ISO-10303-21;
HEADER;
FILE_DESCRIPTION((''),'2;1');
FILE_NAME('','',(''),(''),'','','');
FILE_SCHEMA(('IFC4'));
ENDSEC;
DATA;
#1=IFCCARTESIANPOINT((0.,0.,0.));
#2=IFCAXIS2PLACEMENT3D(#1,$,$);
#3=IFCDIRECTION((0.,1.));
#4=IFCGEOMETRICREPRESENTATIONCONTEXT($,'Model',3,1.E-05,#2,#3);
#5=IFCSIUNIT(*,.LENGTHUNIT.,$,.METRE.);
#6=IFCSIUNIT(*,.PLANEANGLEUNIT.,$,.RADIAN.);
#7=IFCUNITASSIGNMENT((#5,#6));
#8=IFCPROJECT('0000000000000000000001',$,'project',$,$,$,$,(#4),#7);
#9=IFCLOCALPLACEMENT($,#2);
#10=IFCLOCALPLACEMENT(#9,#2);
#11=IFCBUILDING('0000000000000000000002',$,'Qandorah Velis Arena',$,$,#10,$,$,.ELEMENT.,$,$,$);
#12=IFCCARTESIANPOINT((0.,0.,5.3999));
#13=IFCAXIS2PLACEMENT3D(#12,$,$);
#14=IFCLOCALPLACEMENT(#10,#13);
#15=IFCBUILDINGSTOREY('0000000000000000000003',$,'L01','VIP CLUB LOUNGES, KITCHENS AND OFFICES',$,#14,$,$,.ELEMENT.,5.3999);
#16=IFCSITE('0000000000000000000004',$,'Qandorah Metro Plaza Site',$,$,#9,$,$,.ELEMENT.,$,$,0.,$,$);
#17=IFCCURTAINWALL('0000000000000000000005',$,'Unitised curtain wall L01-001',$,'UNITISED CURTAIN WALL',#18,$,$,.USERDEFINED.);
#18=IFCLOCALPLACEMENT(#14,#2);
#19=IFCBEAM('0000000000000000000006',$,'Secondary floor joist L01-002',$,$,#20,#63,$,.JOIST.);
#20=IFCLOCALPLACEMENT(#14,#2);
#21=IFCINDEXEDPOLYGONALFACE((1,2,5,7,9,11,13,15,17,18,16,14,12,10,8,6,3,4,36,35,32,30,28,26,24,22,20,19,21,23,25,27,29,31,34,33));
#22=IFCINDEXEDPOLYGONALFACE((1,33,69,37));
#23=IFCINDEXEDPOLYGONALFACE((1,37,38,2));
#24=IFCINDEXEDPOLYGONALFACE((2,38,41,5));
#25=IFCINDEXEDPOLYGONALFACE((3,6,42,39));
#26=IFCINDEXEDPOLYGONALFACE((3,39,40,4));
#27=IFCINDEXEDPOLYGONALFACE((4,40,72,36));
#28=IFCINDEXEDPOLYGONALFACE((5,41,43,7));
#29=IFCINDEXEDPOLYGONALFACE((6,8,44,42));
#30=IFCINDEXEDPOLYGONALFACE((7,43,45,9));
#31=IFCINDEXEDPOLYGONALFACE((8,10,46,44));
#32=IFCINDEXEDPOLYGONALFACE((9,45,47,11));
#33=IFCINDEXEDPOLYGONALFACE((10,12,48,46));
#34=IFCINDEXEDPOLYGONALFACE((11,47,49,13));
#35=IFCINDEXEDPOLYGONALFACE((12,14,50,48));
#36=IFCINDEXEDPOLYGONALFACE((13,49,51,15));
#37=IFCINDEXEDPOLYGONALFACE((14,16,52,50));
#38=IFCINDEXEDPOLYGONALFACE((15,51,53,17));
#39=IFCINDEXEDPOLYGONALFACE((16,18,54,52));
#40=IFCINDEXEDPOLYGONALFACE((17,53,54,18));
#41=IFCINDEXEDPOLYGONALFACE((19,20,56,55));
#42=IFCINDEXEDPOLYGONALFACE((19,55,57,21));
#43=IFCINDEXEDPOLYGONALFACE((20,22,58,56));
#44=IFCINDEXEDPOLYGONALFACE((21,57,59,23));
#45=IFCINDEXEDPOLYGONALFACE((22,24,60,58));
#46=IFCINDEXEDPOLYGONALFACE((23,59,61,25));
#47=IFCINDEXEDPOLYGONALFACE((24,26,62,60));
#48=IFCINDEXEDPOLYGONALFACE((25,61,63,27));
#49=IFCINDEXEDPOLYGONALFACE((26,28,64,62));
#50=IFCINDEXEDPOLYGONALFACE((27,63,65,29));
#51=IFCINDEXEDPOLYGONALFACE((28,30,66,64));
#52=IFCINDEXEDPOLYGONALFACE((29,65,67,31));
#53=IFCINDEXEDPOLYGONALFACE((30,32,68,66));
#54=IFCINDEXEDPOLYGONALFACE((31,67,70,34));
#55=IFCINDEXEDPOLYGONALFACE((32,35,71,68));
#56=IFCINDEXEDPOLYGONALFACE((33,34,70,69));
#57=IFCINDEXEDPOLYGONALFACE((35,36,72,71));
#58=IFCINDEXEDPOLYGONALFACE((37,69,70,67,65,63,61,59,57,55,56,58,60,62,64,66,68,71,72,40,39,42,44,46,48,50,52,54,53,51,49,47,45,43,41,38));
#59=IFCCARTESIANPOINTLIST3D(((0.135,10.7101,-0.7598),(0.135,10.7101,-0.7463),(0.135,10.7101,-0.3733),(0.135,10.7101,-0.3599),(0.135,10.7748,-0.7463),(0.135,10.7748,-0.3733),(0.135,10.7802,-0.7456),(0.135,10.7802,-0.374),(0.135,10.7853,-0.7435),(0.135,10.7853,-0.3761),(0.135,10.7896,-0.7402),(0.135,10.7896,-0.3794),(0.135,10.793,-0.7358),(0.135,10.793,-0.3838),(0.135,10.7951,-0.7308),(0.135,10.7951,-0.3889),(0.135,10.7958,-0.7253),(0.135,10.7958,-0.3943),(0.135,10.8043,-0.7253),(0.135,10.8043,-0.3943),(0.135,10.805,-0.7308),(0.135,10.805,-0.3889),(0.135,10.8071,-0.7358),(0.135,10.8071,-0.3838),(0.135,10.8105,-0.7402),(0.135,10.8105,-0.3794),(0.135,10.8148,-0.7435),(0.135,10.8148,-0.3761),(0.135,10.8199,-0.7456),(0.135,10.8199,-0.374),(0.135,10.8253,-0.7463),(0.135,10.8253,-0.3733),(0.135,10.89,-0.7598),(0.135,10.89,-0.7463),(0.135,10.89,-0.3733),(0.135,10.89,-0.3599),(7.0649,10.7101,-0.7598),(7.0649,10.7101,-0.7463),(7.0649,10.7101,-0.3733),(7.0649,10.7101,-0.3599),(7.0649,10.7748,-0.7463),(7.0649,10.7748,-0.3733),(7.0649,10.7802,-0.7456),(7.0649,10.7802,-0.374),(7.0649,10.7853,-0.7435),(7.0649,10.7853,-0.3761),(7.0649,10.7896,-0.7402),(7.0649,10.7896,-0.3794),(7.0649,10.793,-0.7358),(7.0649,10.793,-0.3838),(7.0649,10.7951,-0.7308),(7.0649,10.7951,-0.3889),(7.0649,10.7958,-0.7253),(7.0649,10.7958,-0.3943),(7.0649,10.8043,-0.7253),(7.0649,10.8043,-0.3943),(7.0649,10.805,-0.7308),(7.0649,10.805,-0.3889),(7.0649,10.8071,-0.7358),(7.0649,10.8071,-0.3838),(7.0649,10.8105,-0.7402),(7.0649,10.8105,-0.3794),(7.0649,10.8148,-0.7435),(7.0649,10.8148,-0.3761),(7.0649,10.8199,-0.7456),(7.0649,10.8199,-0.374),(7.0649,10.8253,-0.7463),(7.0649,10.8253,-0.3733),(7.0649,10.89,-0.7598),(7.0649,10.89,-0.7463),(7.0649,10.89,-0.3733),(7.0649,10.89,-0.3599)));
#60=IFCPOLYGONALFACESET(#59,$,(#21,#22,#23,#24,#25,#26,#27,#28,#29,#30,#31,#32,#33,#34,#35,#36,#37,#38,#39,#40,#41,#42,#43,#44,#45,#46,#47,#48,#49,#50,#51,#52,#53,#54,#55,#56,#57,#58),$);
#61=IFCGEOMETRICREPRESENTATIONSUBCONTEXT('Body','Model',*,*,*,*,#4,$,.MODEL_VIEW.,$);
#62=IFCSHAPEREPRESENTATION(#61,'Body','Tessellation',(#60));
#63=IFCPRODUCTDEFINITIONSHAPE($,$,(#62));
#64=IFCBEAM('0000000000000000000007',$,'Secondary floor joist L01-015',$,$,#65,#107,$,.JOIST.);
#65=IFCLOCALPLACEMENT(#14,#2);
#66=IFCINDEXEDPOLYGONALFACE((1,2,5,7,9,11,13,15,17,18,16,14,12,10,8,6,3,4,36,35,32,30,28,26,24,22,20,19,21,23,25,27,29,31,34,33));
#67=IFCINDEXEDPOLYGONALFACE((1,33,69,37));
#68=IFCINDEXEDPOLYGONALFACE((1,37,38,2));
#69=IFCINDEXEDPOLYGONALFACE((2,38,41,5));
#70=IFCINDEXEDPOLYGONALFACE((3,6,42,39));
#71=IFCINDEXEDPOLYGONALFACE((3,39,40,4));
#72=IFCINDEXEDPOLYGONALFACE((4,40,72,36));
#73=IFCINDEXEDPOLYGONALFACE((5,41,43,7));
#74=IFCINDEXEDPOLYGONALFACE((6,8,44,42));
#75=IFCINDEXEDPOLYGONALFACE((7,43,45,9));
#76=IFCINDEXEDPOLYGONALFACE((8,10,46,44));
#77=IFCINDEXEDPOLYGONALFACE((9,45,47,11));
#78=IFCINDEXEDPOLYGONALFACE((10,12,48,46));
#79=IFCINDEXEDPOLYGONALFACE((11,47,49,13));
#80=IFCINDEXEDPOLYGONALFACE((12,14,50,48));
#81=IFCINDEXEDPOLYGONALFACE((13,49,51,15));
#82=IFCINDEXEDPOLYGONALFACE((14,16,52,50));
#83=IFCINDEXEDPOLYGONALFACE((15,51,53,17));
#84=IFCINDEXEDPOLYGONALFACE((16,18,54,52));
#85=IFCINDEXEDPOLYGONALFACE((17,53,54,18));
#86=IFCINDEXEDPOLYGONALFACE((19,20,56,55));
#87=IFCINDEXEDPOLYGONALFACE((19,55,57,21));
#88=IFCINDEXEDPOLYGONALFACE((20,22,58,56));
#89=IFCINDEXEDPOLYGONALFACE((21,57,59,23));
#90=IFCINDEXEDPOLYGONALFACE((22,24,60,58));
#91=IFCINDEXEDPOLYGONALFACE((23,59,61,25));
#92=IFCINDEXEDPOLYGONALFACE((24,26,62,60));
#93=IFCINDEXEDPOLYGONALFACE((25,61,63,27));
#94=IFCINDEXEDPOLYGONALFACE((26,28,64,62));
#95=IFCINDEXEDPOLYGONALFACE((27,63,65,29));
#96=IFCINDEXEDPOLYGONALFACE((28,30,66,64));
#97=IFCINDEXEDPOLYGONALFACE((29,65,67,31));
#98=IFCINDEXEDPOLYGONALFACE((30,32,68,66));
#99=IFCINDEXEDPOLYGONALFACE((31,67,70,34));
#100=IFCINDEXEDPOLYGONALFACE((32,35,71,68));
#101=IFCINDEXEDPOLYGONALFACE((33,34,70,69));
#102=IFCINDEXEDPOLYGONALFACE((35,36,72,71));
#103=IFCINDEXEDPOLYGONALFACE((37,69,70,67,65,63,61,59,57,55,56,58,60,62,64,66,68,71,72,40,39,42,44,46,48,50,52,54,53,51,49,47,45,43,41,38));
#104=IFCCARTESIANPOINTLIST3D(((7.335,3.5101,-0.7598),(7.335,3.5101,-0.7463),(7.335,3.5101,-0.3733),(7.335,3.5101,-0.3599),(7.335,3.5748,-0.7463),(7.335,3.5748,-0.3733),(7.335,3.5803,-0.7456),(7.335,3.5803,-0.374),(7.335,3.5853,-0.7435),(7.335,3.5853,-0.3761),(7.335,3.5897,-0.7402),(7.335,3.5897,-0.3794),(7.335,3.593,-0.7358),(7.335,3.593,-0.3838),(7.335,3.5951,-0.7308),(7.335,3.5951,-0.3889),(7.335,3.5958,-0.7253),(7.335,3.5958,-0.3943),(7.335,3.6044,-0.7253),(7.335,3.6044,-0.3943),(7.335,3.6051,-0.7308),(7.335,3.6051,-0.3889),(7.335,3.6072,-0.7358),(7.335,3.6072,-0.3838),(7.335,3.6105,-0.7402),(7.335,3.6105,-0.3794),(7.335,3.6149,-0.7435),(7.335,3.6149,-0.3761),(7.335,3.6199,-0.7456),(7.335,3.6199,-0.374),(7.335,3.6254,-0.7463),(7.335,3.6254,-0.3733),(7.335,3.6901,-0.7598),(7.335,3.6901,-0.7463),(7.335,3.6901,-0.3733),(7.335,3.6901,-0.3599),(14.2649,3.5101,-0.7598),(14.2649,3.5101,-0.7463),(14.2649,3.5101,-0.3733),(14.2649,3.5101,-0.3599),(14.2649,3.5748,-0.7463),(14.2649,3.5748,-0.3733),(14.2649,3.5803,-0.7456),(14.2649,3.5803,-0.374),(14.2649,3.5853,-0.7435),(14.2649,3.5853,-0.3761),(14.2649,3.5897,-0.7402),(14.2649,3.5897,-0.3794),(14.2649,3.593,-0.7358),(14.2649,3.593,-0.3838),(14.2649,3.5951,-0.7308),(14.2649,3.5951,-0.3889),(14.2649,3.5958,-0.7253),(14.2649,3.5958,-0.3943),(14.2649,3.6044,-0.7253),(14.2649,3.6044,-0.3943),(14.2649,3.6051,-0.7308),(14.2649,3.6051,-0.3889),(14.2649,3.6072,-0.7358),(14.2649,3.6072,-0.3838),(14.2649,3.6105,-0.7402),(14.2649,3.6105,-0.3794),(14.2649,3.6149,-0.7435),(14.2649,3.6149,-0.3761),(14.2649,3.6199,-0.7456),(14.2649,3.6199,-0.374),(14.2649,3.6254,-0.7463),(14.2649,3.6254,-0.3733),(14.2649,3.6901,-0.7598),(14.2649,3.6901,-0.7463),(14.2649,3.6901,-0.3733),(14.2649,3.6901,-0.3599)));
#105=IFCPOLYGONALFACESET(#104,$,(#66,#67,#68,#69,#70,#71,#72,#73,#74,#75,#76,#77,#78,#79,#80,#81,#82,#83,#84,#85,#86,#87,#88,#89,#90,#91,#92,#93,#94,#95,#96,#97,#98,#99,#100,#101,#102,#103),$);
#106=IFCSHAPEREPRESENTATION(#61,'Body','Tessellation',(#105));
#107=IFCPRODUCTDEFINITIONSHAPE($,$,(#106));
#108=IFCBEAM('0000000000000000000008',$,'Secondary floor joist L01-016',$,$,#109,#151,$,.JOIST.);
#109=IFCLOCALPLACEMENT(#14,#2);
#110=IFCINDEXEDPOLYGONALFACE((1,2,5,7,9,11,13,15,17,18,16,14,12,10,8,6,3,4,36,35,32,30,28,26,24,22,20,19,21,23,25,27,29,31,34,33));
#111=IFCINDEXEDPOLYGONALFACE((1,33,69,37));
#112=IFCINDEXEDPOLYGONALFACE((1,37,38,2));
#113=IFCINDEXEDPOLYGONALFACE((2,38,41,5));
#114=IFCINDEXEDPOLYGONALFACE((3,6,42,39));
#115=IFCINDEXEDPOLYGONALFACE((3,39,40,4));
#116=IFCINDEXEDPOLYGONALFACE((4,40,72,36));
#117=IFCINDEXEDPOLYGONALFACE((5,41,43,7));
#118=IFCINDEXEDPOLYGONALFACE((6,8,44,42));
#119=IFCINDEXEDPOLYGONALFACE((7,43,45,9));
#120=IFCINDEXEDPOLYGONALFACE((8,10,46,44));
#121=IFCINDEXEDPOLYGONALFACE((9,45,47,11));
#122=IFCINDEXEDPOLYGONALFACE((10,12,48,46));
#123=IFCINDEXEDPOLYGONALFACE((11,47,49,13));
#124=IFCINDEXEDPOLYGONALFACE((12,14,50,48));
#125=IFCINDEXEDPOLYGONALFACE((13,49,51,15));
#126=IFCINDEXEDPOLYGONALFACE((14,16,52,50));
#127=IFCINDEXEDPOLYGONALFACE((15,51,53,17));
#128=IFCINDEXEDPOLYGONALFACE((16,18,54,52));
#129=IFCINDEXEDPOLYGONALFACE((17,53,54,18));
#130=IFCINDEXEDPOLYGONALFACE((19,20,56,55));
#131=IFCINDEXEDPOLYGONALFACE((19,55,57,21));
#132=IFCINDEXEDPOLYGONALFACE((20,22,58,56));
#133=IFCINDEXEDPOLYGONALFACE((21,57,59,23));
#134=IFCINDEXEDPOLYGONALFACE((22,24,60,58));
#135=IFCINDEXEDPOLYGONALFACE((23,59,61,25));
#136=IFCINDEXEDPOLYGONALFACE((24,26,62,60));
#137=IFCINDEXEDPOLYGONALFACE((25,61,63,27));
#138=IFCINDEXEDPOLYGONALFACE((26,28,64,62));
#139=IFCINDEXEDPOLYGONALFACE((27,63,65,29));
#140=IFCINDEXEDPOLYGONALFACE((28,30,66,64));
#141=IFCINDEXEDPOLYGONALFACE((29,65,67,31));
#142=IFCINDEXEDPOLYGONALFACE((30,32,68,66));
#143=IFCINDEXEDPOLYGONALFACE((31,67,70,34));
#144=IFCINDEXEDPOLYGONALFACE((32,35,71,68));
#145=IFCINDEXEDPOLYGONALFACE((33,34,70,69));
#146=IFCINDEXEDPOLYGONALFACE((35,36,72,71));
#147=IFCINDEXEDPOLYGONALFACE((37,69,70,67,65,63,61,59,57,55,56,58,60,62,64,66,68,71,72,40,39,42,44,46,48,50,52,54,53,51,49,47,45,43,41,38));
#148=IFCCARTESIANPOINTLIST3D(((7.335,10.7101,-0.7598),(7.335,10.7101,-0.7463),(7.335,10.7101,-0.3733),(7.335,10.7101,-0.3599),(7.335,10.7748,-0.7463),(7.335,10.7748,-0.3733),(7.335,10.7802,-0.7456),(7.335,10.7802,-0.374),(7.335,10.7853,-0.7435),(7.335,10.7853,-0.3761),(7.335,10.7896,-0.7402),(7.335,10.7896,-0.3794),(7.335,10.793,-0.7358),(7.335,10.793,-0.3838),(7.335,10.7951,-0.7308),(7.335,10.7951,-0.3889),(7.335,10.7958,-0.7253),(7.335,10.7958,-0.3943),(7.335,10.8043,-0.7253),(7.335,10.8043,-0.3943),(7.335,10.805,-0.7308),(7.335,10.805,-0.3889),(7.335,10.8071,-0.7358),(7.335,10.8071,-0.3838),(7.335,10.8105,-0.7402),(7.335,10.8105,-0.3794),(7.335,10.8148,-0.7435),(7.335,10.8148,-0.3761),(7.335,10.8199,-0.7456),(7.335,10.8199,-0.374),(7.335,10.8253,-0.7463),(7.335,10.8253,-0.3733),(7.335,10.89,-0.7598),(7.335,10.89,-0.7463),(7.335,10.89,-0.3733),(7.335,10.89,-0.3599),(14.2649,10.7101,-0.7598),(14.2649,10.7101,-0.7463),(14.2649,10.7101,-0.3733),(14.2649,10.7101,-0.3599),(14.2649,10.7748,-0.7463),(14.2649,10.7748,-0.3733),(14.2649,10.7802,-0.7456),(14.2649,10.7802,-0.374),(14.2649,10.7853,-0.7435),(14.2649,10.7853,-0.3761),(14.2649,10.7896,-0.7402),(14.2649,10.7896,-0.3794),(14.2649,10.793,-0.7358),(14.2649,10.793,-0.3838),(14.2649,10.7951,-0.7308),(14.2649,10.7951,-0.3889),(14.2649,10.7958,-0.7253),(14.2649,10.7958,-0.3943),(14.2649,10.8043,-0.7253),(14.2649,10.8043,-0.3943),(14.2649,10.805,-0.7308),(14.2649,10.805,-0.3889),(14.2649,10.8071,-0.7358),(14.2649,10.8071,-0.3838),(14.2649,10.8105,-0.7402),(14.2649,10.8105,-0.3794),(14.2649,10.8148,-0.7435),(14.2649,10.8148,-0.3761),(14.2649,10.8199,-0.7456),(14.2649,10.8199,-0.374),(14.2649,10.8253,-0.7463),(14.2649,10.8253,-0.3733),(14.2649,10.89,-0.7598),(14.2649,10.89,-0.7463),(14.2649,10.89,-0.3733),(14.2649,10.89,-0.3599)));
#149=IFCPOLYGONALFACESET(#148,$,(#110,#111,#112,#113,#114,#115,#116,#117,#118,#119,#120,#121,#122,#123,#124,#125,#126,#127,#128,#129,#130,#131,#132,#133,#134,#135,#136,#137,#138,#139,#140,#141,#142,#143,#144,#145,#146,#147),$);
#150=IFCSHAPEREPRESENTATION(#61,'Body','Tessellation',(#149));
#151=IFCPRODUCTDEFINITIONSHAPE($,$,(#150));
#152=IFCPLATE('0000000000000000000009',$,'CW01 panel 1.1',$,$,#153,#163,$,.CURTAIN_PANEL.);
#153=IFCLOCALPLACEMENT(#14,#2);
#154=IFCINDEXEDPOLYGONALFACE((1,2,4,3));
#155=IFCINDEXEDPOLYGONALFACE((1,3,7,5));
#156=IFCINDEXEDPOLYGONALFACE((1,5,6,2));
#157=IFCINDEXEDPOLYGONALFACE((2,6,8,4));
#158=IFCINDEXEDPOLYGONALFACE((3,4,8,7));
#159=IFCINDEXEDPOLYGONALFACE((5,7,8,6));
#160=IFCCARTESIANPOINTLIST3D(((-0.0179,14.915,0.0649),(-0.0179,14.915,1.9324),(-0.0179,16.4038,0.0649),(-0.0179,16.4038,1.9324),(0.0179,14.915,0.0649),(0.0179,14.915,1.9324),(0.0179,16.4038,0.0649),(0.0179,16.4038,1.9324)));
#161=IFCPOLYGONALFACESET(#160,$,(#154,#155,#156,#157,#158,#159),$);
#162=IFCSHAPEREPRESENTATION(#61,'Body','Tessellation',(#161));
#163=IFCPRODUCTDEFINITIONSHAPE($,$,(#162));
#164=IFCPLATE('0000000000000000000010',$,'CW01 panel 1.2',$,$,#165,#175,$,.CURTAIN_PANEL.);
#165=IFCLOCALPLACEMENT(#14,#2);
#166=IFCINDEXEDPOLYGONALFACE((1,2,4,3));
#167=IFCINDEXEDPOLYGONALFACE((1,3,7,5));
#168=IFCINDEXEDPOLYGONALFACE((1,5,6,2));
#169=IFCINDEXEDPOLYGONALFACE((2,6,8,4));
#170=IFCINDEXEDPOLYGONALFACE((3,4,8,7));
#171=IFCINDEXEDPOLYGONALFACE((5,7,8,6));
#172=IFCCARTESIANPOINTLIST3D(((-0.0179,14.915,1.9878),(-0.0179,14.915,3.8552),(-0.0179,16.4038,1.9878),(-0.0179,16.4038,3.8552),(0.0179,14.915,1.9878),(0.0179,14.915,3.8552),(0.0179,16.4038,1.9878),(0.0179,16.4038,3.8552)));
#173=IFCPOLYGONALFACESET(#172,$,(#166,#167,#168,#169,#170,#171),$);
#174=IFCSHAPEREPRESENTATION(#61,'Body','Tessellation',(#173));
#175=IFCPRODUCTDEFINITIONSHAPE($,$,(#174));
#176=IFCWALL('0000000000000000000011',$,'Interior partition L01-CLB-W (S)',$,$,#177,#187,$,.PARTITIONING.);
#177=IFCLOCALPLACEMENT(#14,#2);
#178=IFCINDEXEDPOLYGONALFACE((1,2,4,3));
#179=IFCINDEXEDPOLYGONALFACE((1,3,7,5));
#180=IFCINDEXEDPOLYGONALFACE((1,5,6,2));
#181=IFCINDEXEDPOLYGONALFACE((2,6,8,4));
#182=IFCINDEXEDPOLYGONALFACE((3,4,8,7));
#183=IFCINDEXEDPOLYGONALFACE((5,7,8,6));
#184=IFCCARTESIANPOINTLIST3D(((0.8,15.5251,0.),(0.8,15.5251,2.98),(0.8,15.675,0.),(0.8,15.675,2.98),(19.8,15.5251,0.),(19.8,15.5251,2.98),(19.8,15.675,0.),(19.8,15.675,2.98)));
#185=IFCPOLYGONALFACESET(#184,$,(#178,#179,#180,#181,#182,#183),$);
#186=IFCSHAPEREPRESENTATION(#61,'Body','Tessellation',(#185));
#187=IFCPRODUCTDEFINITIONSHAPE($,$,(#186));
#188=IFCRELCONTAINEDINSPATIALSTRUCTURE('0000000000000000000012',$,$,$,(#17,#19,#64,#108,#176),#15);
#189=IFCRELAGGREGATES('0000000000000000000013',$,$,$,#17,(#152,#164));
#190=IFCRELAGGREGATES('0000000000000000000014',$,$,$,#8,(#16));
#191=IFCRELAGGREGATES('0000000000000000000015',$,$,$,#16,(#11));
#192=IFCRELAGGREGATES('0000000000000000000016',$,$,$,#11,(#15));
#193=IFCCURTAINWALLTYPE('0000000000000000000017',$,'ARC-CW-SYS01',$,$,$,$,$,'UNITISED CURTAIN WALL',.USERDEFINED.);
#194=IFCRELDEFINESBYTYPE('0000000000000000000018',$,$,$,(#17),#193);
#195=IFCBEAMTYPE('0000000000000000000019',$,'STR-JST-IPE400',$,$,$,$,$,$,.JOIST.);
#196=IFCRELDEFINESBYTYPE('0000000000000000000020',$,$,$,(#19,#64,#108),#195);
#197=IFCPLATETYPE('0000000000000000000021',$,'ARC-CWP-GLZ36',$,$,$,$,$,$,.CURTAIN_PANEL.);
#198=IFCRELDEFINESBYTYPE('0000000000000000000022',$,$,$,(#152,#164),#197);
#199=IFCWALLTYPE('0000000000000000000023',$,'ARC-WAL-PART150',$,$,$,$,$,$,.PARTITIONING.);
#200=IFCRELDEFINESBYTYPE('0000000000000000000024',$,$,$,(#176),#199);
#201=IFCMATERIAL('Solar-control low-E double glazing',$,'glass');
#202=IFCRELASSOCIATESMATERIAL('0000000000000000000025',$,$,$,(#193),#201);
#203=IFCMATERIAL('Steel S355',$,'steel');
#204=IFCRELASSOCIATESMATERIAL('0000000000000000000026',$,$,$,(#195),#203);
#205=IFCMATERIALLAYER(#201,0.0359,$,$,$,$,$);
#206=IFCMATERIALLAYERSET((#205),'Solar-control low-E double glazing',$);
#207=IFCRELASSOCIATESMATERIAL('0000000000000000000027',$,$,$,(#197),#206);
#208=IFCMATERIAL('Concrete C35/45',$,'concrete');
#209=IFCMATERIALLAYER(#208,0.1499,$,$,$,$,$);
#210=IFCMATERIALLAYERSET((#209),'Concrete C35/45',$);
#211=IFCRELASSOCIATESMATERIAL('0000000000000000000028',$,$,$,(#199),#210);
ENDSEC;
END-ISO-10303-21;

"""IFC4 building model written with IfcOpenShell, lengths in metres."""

from ifc_helpers import new_model, si_unit, direction, frame, frame_2d, origin, origin_2d, place, context, subcontext, project, spatial, rectangle, i_section, extrude, material, layer, layer_set, material_profile, profile_set, type_object, element, aggregate, save


model = new_model("IFC4")

# Units and contexts
model_context = context("Model", 3, precision=1e-05, world=origin(), true_north=direction((0.0, 1.0)))
body_context = subcontext(model_context, "Body", "Model", "MODEL_VIEW")
ifc_project = project(units=[si_unit("LENGTHUNIT", "METRE"), si_unit("PLANEANGLEUNIT", "RADIAN")], contexts=[model_context])

# Site, building, storey
site_placement = place(None, origin())
site = spatial("IfcSite", under=ifc_project, at=site_placement, Name="Qandorah Metro Plaza Site", CompositionType="ELEMENT", RefElevation=0.0)
building_placement = place(site_placement, origin())
building = spatial("IfcBuilding", under=site, at=building_placement, Name="Qandorah Velis Arena", CompositionType="ELEMENT")
storey_placement = place(building_placement, frame((0.0, 0.0, 5.3999)))
storey = spatial("IfcBuildingStorey", under=building, at=storey_placement, Name="L01", Description="VIP CLUB LOUNGES, KITCHENS AND OFFICES", CompositionType="ELEMENT", Elevation=5.3999)

# Curtain wall
ifc_material_1 = material(Name="Solar-control low-E double glazing", Category="glass")
curtain_wall_type = type_object("IfcCurtainWallType", Name="ARC-CW-SYS01", ElementType="UNITISED CURTAIN WALL", PredefinedType="USERDEFINED", material=ifc_material_1)
curtain_wall_placement = place(storey_placement, origin())
curtain_wall = element("IfcCurtainWall", 1, at=curtain_wall_placement, inside=storey, type_object=curtain_wall_type, Name="Unitised curtain wall L01-001", ObjectType="UNITISED CURTAIN WALL", PredefinedType="USERDEFINED")

# Beams
ifc_material_2 = material(Name="Steel S355", Category="steel")
ifc_material_profile_1 = material_profile(ifc_material_2, i_section(OverallWidth=0.1799, OverallDepth=0.3999, WebThickness=0.0085, FlangeThickness=0.0134, FilletRadius=0.021, at=origin_2d()), Name="IPE 400")
ifc_profile_set_1 = profile_set([ifc_material_profile_1], Name="Steel S355")
beam_type_1 = type_object("IfcBeamType", Name="STR-JST-IPE400", PredefinedType="JOIST", material=ifc_profile_set_1)
for number, where, z_axis, x_axis, name in (
    (2, (0.135, 10.8, -0.5598), (1.0, 0.0, 0.0), (0.0, 1.0, 0.0), "Secondary floor joist L01-002"),
    (3, (7.335, 3.6001, -0.5598), (1.0, 0.0, 0.0), (0.0, 1.0, 0.0), "Secondary floor joist L01-015"),
    (4, (7.335, 10.8, -0.5598), (1.0, 0.0, 0.0), (0.0, 1.0, 0.0), "Secondary floor joist L01-016"),
):
    element("IfcBeam", number, at=place(storey_placement, frame(where, z_axis=z_axis, x_axis=x_axis)), inside=storey, type_object=beam_type_1, Name=name, PredefinedType="JOIST", context=body_context, shape_type="SweptSolid", body=[
        extrude(i_section(OverallWidth=0.1799, OverallDepth=0.3999, WebThickness=0.0085, FlangeThickness=0.0134, FilletRadius=0.021, at=origin_2d()), origin(), (0.0, 0.0, 1.0), 6.9299),
    ])

# Plates
ifc_layer_1 = layer(ifc_material_1, 0.0359)
ifc_layer_set_1 = layer_set([ifc_layer_1], Name="Solar-control low-E double glazing")
plate_type = type_object("IfcPlateType", Name="ARC-CWP-GLZ36", PredefinedType="CURTAIN_PANEL", material=ifc_layer_set_1)
plate_1_placement = place(storey_placement, frame((0.0, 15.6594, 0.0649), z_axis=(0.0, 0.0, 1.0), x_axis=(0.0, 1.0, 0.0)))
plate_1 = element("IfcPlate", 5, at=plate_1_placement, type_object=plate_type, Name="CW01 panel 1.1", PredefinedType="CURTAIN_PANEL", context=body_context, shape_type="SweptSolid", body=[
    extrude(rectangle(XDim=1.4888, YDim=0.0359, at=origin_2d()), origin(), (0.0, 0.0, 1.0), 1.8674),
])
plate_2_placement = place(storey_placement, frame((0.0, 15.6594, 1.9878), z_axis=(0.0, 0.0, 1.0), x_axis=(0.0, 1.0, 0.0)))
plate_2 = element("IfcPlate", 6, at=plate_2_placement, type_object=plate_type, Name="CW01 panel 1.2", PredefinedType="CURTAIN_PANEL", context=body_context, shape_type="SweptSolid", body=[
    extrude(rectangle(XDim=1.4888, YDim=0.0359, at=origin_2d()), origin(), (0.0, 0.0, 1.0), 1.8674),
])
aggregate(curtain_wall, [plate_1, plate_2])

# Wall
ifc_material_3 = material(Name="Concrete C35/45", Category="concrete")
ifc_layer_2 = layer(ifc_material_3, 0.1499)
ifc_layer_set_2 = layer_set([ifc_layer_2], Name="Concrete C35/45")
wall_type = type_object("IfcWallType", Name="ARC-WAL-PART150", PredefinedType="PARTITIONING", material=ifc_layer_set_2)
wall_placement = place(storey_placement, frame((0.8, 15.6001, 0.0), z_axis=(0.0, 0.0, 1.0), x_axis=(1.0, 0.0, 0.0)))
element("IfcWall", 7, at=wall_placement, inside=storey, type_object=wall_type, Name="Interior partition L01-CLB-W (S)", PredefinedType="PARTITIONING", context=body_context, shape_type="SweptSolid", body=[
    extrude(rectangle(XDim=19.0, YDim=0.1499, at=frame_2d((9.5, 0.0))), origin(), (0.0, 0.0, 1.0), 2.98),
])

save(model, "model.ifc")
